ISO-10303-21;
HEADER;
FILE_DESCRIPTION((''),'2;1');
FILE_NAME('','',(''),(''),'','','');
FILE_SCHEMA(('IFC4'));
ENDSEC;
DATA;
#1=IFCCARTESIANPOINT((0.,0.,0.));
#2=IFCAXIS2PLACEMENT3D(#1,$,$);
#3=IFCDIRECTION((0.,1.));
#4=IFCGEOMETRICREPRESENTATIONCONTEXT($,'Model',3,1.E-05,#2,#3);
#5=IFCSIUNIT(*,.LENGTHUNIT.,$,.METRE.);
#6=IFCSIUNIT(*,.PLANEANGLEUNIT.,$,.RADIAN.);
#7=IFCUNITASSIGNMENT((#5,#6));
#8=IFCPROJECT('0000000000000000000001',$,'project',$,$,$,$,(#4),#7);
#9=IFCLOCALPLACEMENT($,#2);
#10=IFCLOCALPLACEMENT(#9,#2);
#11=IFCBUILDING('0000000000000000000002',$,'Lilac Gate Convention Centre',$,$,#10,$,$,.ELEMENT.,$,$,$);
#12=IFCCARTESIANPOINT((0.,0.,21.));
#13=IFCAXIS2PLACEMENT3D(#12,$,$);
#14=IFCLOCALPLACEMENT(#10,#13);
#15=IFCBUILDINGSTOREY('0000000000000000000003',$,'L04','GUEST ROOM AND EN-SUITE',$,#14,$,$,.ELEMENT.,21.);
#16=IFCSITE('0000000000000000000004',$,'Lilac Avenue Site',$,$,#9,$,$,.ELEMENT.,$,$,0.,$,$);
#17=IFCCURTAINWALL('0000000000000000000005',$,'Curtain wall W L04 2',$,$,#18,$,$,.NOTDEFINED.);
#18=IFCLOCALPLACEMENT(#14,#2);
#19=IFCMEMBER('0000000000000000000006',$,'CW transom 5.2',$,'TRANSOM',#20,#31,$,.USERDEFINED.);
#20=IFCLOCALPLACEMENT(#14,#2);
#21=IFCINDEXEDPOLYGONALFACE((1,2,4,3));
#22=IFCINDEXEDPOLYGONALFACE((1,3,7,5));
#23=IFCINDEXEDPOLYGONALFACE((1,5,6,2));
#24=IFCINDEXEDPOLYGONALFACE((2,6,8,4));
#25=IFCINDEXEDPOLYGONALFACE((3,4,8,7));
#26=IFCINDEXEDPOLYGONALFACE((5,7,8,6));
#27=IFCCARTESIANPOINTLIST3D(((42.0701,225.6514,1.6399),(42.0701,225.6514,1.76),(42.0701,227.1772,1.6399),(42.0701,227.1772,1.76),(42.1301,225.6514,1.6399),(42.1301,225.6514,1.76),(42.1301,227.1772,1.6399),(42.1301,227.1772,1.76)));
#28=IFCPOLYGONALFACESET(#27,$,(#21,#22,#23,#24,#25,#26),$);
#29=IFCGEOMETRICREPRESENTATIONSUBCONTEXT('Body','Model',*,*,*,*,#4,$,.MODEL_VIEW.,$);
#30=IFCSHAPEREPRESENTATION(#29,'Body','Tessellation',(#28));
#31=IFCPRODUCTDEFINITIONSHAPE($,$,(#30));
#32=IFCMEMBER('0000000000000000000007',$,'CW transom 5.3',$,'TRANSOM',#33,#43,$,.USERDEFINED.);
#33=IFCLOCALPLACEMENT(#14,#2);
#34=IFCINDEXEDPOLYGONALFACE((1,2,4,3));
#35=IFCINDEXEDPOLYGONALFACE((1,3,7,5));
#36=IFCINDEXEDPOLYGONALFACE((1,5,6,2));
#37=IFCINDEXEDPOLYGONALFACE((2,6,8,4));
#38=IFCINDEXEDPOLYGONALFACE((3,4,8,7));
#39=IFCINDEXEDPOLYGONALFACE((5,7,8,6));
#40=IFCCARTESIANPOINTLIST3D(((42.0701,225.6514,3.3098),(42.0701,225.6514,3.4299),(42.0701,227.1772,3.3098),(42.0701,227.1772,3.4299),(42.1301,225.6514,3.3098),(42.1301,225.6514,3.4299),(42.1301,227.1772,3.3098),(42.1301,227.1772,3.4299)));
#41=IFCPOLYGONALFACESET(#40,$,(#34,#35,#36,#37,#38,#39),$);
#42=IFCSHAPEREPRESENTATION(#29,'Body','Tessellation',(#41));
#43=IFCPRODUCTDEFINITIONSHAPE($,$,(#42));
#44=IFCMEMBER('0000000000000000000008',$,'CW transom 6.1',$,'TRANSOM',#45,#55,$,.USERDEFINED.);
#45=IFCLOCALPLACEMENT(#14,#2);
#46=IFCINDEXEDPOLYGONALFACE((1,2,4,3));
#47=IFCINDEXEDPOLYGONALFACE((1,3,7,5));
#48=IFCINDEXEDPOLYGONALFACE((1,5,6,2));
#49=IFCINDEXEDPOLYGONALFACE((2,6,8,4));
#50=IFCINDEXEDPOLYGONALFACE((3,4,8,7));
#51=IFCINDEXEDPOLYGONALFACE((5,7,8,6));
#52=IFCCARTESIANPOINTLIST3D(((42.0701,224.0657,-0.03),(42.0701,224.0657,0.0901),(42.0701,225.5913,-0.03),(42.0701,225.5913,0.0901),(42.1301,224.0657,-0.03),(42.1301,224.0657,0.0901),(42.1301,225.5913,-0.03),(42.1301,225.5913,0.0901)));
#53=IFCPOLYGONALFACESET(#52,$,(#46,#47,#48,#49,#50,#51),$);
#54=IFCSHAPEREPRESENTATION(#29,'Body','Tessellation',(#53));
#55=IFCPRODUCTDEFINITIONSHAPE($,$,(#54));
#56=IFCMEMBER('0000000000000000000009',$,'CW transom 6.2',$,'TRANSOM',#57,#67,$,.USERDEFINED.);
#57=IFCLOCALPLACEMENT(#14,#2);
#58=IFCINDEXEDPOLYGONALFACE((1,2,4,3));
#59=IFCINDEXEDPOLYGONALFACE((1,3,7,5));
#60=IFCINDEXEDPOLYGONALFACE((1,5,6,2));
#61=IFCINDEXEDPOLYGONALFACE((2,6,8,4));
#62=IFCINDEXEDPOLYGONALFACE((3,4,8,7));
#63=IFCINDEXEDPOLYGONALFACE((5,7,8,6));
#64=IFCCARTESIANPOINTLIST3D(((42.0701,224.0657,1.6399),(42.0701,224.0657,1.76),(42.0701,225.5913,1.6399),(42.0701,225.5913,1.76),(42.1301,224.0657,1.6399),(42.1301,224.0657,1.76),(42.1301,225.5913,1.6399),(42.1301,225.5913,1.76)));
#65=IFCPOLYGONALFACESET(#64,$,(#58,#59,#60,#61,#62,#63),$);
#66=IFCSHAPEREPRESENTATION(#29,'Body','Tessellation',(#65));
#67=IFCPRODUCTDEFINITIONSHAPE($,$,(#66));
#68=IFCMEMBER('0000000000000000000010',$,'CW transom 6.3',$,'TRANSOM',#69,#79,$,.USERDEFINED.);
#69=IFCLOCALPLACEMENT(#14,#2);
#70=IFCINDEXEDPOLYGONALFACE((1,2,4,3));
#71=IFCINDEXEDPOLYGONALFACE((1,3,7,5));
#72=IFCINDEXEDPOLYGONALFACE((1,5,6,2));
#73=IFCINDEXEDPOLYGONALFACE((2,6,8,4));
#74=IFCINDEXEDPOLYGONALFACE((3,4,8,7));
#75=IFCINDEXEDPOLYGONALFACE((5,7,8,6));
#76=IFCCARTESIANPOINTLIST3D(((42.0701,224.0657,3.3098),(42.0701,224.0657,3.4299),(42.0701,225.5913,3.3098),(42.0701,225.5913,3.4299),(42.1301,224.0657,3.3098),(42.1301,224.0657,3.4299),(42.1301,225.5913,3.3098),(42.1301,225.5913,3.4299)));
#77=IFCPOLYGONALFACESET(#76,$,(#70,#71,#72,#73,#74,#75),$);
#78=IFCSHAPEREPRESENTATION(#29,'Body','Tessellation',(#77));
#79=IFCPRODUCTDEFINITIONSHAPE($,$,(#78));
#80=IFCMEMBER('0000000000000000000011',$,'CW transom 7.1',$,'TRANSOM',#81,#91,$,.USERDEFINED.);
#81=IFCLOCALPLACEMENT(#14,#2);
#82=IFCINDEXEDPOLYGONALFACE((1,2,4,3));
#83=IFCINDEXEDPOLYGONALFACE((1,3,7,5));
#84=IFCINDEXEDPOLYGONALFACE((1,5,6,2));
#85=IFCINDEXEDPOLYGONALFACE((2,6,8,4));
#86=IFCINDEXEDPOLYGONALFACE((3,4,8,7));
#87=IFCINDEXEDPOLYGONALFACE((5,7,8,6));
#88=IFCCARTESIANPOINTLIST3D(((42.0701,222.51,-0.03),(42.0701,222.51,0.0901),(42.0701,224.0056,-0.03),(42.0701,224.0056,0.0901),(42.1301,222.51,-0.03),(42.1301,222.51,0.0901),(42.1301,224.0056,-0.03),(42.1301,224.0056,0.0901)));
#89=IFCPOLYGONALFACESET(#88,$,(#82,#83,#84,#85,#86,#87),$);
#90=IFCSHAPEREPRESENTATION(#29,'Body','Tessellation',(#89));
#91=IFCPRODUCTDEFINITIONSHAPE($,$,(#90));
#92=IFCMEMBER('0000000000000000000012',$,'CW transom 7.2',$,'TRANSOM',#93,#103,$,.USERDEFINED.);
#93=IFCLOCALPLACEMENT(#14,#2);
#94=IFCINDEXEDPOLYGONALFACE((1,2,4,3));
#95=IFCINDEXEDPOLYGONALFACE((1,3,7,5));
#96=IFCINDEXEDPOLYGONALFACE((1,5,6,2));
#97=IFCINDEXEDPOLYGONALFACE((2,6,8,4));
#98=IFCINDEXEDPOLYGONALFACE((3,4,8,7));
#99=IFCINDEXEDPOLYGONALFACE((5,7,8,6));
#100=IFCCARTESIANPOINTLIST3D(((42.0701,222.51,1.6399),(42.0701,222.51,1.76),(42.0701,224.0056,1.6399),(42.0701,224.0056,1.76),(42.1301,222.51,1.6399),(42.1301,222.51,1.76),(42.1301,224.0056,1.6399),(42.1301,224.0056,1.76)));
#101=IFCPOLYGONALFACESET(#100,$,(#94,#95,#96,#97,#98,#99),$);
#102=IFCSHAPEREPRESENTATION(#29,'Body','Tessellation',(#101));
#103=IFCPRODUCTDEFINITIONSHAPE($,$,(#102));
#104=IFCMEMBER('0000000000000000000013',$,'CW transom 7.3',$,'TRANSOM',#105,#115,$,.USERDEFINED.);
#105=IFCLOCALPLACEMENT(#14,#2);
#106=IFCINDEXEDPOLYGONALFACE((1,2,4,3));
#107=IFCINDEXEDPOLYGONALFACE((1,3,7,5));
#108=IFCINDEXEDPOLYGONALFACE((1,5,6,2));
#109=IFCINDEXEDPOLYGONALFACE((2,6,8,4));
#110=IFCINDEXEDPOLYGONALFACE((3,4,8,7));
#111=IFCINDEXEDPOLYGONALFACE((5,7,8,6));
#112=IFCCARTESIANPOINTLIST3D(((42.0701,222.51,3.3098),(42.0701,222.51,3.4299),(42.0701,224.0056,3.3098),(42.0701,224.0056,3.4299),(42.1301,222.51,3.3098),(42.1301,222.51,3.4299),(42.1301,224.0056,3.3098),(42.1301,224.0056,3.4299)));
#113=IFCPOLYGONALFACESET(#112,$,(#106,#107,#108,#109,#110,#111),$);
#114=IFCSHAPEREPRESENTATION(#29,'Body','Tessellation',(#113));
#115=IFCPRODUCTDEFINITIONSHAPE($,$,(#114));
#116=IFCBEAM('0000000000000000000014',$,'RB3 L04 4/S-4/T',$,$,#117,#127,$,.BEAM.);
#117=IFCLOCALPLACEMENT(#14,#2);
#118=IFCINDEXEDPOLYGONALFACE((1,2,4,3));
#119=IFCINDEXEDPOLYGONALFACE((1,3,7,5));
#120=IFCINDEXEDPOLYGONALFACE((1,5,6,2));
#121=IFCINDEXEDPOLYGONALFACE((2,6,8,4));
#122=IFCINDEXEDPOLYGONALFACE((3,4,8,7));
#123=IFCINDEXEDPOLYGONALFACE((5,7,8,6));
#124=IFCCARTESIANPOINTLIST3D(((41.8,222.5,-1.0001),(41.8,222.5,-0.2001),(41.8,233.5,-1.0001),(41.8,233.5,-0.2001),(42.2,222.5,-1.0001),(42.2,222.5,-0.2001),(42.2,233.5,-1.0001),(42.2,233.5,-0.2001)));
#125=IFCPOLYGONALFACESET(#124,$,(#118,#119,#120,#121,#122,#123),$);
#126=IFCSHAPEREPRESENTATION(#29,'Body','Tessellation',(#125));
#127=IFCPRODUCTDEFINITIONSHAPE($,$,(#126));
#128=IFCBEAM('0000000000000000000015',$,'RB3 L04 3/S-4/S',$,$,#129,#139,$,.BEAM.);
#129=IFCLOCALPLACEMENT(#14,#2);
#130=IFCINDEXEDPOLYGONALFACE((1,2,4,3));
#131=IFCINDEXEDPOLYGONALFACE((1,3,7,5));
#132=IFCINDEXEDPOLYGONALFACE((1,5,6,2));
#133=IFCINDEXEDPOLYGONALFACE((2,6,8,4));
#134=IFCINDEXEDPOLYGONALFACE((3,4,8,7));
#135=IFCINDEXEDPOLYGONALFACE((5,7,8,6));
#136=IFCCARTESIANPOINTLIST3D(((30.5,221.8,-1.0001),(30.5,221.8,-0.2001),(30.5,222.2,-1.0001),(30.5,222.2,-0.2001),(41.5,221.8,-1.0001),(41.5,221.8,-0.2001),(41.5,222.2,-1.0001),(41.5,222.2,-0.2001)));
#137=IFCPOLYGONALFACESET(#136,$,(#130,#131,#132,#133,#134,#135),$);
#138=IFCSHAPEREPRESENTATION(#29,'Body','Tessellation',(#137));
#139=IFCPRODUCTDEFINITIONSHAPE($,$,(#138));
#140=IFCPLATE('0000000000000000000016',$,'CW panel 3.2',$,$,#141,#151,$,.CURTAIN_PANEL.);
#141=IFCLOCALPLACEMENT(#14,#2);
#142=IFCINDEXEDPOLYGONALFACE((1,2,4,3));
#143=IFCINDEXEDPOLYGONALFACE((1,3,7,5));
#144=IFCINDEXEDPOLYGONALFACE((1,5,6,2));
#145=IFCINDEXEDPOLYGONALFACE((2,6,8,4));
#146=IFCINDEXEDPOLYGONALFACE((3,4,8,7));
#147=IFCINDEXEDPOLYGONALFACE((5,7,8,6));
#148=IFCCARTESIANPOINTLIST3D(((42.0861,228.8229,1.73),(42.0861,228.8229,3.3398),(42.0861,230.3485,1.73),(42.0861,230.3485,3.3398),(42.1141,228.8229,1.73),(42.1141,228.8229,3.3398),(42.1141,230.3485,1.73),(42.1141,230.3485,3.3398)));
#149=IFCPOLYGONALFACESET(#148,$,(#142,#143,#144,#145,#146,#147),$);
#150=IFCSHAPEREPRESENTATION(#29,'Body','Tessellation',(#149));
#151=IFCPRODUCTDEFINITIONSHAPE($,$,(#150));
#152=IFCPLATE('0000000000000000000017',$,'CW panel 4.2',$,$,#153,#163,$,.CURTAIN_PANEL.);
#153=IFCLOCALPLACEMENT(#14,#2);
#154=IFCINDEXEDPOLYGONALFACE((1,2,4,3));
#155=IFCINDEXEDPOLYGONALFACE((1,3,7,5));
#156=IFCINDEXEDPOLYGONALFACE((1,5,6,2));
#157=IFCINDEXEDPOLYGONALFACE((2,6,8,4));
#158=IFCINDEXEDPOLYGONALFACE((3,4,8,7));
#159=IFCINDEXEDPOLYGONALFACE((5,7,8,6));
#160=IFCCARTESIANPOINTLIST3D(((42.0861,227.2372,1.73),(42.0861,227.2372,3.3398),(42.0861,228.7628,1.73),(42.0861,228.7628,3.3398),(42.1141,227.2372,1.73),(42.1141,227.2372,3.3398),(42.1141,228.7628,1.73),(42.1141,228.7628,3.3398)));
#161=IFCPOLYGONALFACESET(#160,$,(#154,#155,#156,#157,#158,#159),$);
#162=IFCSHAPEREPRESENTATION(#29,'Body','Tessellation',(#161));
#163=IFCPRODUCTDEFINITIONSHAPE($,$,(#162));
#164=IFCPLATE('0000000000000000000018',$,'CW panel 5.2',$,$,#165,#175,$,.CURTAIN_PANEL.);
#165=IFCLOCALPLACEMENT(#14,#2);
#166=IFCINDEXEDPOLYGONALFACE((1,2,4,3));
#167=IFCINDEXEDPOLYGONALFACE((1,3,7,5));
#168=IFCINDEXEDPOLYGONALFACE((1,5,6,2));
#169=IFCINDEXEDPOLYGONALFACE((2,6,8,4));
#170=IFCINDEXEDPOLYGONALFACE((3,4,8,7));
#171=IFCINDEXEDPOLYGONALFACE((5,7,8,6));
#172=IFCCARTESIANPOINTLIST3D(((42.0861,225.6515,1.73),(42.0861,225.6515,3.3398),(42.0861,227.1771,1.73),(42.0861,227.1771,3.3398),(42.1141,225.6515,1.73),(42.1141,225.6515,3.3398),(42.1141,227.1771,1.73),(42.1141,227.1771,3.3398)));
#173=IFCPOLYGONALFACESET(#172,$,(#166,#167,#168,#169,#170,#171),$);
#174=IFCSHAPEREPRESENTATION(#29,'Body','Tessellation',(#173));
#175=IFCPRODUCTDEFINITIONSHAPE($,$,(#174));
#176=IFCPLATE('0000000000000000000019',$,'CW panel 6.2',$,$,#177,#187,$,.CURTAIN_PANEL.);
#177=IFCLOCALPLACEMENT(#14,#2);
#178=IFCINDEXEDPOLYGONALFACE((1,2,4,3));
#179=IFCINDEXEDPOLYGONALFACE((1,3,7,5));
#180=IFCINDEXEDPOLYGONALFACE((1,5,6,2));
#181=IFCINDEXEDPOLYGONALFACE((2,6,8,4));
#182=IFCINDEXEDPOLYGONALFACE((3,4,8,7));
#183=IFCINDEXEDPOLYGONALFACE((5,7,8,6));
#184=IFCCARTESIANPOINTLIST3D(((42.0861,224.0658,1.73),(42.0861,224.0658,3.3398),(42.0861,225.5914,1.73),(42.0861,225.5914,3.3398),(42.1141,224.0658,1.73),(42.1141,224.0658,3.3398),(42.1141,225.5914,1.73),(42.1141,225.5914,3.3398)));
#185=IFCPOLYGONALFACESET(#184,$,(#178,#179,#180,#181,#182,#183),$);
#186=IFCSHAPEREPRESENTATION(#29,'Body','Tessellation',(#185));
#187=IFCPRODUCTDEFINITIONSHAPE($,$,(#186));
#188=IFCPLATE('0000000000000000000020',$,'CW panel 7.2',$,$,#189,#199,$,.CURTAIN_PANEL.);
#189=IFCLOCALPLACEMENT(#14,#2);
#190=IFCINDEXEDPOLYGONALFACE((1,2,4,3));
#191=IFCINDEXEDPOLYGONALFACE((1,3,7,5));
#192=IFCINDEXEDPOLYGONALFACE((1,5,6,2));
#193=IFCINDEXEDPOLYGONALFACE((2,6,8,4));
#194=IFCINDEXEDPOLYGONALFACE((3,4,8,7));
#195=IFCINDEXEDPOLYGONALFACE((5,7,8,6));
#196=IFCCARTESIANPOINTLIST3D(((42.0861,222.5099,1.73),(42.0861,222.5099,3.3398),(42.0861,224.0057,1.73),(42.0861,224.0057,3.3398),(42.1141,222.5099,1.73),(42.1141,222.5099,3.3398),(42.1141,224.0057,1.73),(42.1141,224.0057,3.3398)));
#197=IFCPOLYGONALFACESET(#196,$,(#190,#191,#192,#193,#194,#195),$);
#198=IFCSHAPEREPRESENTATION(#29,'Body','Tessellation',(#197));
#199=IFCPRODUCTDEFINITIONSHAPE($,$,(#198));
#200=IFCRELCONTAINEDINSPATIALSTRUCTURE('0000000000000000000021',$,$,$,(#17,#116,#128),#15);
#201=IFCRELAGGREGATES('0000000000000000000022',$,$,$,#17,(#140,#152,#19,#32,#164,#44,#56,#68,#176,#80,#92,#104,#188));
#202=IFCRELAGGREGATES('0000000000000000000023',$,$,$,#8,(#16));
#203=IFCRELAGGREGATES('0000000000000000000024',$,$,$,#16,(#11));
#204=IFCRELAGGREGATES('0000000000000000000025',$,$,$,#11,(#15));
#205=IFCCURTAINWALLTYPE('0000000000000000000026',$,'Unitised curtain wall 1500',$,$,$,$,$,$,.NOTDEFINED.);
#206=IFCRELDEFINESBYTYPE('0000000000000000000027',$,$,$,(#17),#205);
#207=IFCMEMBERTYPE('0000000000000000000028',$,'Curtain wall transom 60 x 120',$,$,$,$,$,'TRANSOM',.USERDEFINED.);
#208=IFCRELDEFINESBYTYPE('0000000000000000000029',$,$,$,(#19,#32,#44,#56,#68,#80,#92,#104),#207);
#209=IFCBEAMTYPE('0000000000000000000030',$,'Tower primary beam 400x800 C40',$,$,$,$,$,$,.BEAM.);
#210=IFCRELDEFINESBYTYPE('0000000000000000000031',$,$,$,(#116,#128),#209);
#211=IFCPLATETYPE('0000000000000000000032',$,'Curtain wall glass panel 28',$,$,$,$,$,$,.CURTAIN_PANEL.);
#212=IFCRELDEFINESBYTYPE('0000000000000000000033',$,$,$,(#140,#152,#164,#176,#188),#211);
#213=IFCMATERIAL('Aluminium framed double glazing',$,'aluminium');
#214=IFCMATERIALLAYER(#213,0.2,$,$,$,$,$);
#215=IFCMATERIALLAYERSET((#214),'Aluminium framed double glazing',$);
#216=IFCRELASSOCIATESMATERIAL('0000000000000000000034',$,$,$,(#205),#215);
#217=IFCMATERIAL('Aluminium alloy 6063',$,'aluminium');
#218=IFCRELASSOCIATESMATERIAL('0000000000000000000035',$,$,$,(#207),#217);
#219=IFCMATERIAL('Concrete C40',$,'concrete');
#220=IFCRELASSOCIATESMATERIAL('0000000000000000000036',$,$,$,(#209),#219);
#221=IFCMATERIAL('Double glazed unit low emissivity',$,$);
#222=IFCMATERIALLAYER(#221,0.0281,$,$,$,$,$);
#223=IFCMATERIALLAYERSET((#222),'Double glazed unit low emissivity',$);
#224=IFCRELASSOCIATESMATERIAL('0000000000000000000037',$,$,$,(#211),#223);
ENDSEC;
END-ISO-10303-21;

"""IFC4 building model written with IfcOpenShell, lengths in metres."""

from ifc_helpers import new_model, si_unit, direction, frame, origin, origin_2d, place, context, subcontext, project, spatial, rectangle, extrude, material, layer, layer_set, material_profile, profile_set, type_object, element, aggregate, save


model = new_model("IFC4")

# Units and contexts
model_context = context("Model", 3, precision=1e-05, world=origin(), true_north=direction((0.0, 1.0)))
body_context = subcontext(model_context, "Body", "Model", "MODEL_VIEW")
ifc_project = project(units=[si_unit("LENGTHUNIT", "METRE"), si_unit("PLANEANGLEUNIT", "RADIAN")], contexts=[model_context])

# Site, building, storey
site_placement = place(None, origin())
site = spatial("IfcSite", under=ifc_project, at=site_placement, Name="Lilac Avenue Site", CompositionType="ELEMENT", RefElevation=0.0)
building_placement = place(site_placement, origin())
building = spatial("IfcBuilding", under=site, at=building_placement, Name="Lilac Gate Convention Centre", CompositionType="ELEMENT")
storey_placement = place(building_placement, frame((0.0, 0.0, 21.0)))
storey = spatial("IfcBuildingStorey", under=building, at=storey_placement, Name="L04", Description="GUEST ROOM AND EN-SUITE", CompositionType="ELEMENT", Elevation=21.0)

# Curtain wall, members
ifc_material_1 = material(Name="Aluminium framed double glazing", Category="aluminium")
ifc_layer_1 = layer(ifc_material_1, 0.2)
ifc_layer_set_1 = layer_set([ifc_layer_1], Name="Aluminium framed double glazing")
curtain_wall_type = type_object("IfcCurtainWallType", Name="Unitised curtain wall 1500", PredefinedType="NOTDEFINED", material=ifc_layer_set_1)
curtain_wall_placement = place(storey_placement, origin())
curtain_wall = element("IfcCurtainWall", 1, at=curtain_wall_placement, inside=storey, type_object=curtain_wall_type, Name="Curtain wall W L04 2", PredefinedType="NOTDEFINED")
ifc_material_2 = material(Name="Aluminium alloy 6063", Category="aluminium")
ifc_material_profile_1 = material_profile(ifc_material_2, rectangle(XDim=0.0601, YDim=0.1201, at=origin_2d()), Name="Curtain wall transom 60 x 120")
ifc_profile_set_1 = profile_set([ifc_material_profile_1], Name="Aluminium alloy 6063")
member_type_1 = type_object("IfcMemberType", Name="Curtain wall transom 60 x 120", ElementType="TRANSOM", PredefinedType="USERDEFINED", material=ifc_profile_set_1)
member_1_placement = place(storey_placement, frame((42.1001, 227.1772, 1.7), z_axis=(0.0, -1.0, 0.0), x_axis=(1.0, 0.0, 0.0)))
member_1 = element("IfcMember", 2, at=member_1_placement, type_object=member_type_1, Name="CW transom 5.2", ObjectType="TRANSOM", PredefinedType="USERDEFINED", context=body_context, shape_type="SweptSolid", body=[
    extrude(rectangle(XDim=0.0601, YDim=0.1201, at=origin_2d()), origin(), (0.0, 0.0, 1.0), 1.5259),
])
member_2_placement = place(storey_placement, frame((42.1001, 227.1772, 3.3699), z_axis=(0.0, -1.0, 0.0), x_axis=(1.0, 0.0, 0.0)))
member_2 = element("IfcMember", 3, at=member_2_placement, type_object=member_type_1, Name="CW transom 5.3", ObjectType="TRANSOM", PredefinedType="USERDEFINED", context=body_context, shape_type="SweptSolid", body=[
    extrude(rectangle(XDim=0.0601, YDim=0.1201, at=origin_2d()), origin(), (0.0, 0.0, 1.0), 1.5259),
])
member_3_placement = place(storey_placement, frame((42.1001, 225.5913, 0.03), z_axis=(0.0, -1.0, 0.0), x_axis=(1.0, 0.0, 0.0)))
member_3 = element("IfcMember", 4, at=member_3_placement, type_object=member_type_1, Name="CW transom 6.1", ObjectType="TRANSOM", PredefinedType="USERDEFINED", context=body_context, shape_type="SweptSolid", body=[
    extrude(rectangle(XDim=0.0601, YDim=0.1201, at=origin_2d()), origin(), (0.0, 0.0, 1.0), 1.5256),
])
member_4_placement = place(storey_placement, frame((42.1001, 225.5913, 1.7), z_axis=(0.0, -1.0, 0.0), x_axis=(1.0, 0.0, 0.0)))
member_4 = element("IfcMember", 5, at=member_4_placement, type_object=member_type_1, Name="CW transom 6.2", ObjectType="TRANSOM", PredefinedType="USERDEFINED", context=body_context, shape_type="SweptSolid", body=[
    extrude(rectangle(XDim=0.0601, YDim=0.1201, at=origin_2d()), origin(), (0.0, 0.0, 1.0), 1.5256),
])
member_5_placement = place(storey_placement, frame((42.1001, 225.5913, 3.3699), z_axis=(0.0, -1.0, 0.0), x_axis=(1.0, 0.0, 0.0)))
member_5 = element("IfcMember", 6, at=member_5_placement, type_object=member_type_1, Name="CW transom 6.3", ObjectType="TRANSOM", PredefinedType="USERDEFINED", context=body_context, shape_type="SweptSolid", body=[
    extrude(rectangle(XDim=0.0601, YDim=0.1201, at=origin_2d()), origin(), (0.0, 0.0, 1.0), 1.5256),
])
member_6_placement = place(storey_placement, frame((42.1001, 224.0056, 0.03), z_axis=(0.0, -1.0, 0.0), x_axis=(1.0, 0.0, 0.0)))
member_6 = element("IfcMember", 7, at=member_6_placement, type_object=member_type_1, Name="CW transom 7.1", ObjectType="TRANSOM", PredefinedType="USERDEFINED", context=body_context, shape_type="SweptSolid", body=[
    extrude(rectangle(XDim=0.0601, YDim=0.1201, at=origin_2d()), origin(), (0.0, 0.0, 1.0), 1.4956),
])
member_7_placement = place(storey_placement, frame((42.1001, 224.0056, 1.7), z_axis=(0.0, -1.0, 0.0), x_axis=(1.0, 0.0, 0.0)))
member_7 = element("IfcMember", 8, at=member_7_placement, type_object=member_type_1, Name="CW transom 7.2", ObjectType="TRANSOM", PredefinedType="USERDEFINED", context=body_context, shape_type="SweptSolid", body=[
    extrude(rectangle(XDim=0.0601, YDim=0.1201, at=origin_2d()), origin(), (0.0, 0.0, 1.0), 1.4956),
])
member_8_placement = place(storey_placement, frame((42.1001, 224.0056, 3.3699), z_axis=(0.0, -1.0, 0.0), x_axis=(1.0, 0.0, 0.0)))
member_8 = element("IfcMember", 9, at=member_8_placement, type_object=member_type_1, Name="CW transom 7.3", ObjectType="TRANSOM", PredefinedType="USERDEFINED", context=body_context, shape_type="SweptSolid", body=[
    extrude(rectangle(XDim=0.0601, YDim=0.1201, at=origin_2d()), origin(), (0.0, 0.0, 1.0), 1.4956),
])

# Beams
ifc_material_3 = material(Name="Concrete C40", Category="concrete")
ifc_material_profile_2 = material_profile(ifc_material_3, rectangle(XDim=0.3999, YDim=0.8, at=origin_2d()), Name="RC 400x800")
ifc_profile_set_2 = profile_set([ifc_material_profile_2], Name="Concrete C40")
beam_type = type_object("IfcBeamType", Name="Tower primary beam 400x800 C40", PredefinedType="BEAM", material=ifc_profile_set_2)
for number, where, z_axis, x_axis, name in (
    (10, (42.0, 222.5, -0.6001), (0.0, 1.0, 0.0), (-1.0, 0.0, 0.0), "RB3 L04 4/S-4/T"),
    (11, (30.5, 222.0, -0.6001), (1.0, 0.0, 0.0), (0.0, 1.0, 0.0), "RB3 L04 3/S-4/S"),
):
    element("IfcBeam", number, at=place(storey_placement, frame(where, z_axis=z_axis, x_axis=x_axis)), inside=storey, type_object=beam_type, Name=name, PredefinedType="BEAM", context=body_context, shape_type="SweptSolid", body=[
        extrude(rectangle(XDim=0.3999, YDim=0.8, at=origin_2d()), origin(), (0.0, 0.0, 1.0), 11.0),
    ])

# Plates
ifc_material_4 = material(Name="Double glazed unit low emissivity")
ifc_layer_2 = layer(ifc_material_4, 0.0281)
ifc_layer_set_2 = layer_set([ifc_layer_2], Name="Double glazed unit low emissivity")
plate_type_1 = type_object("IfcPlateType", Name="Curtain wall glass panel 28", PredefinedType="CURTAIN_PANEL", material=ifc_layer_set_2)
plate_1_placement = place(storey_placement, frame((42.1001, 229.5857, 1.73), z_axis=(0.0, 0.0, 1.0), x_axis=(0.0, -1.0, 0.0)))
plate_1 = element("IfcPlate", 12, at=plate_1_placement, type_object=plate_type_1, Name="CW panel 3.2", PredefinedType="CURTAIN_PANEL", context=body_context, shape_type="SweptSolid", body=[
    extrude(rectangle(XDim=1.5256, YDim=0.0281, at=origin_2d()), origin(), (0.0, 0.0, 1.0), 1.6099),
])
plate_2_placement = place(storey_placement, frame((42.1001, 228.0, 1.73), z_axis=(0.0, 0.0, 1.0), x_axis=(0.0, -1.0, 0.0)))
plate_2 = element("IfcPlate", 13, at=plate_2_placement, type_object=plate_type_1, Name="CW panel 4.2", PredefinedType="CURTAIN_PANEL", context=body_context, shape_type="SweptSolid", body=[
    extrude(rectangle(XDim=1.5256, YDim=0.0281, at=origin_2d()), origin(), (0.0, 0.0, 1.0), 1.6099),
])
plate_3_placement = place(storey_placement, frame((42.1001, 226.4143, 1.73), z_axis=(0.0, 0.0, 1.0), x_axis=(0.0, -1.0, 0.0)))
plate_3 = element("IfcPlate", 14, at=plate_3_placement, type_object=plate_type_1, Name="CW panel 5.2", PredefinedType="CURTAIN_PANEL", context=body_context, shape_type="SweptSolid", body=[
    extrude(rectangle(XDim=1.5256, YDim=0.0281, at=origin_2d()), origin(), (0.0, 0.0, 1.0), 1.6099),
])
plate_4_placement = place(storey_placement, frame((42.1001, 224.8286, 1.73), z_axis=(0.0, 0.0, 1.0), x_axis=(0.0, -1.0, 0.0)))
plate_4 = element("IfcPlate", 15, at=plate_4_placement, type_object=plate_type_1, Name="CW panel 6.2", PredefinedType="CURTAIN_PANEL", context=body_context, shape_type="SweptSolid", body=[
    extrude(rectangle(XDim=1.5256, YDim=0.0281, at=origin_2d()), origin(), (0.0, 0.0, 1.0), 1.6099),
])
plate_5_placement = place(storey_placement, frame((42.1001, 223.2578, 1.73), z_axis=(0.0, 0.0, 1.0), x_axis=(0.0, -1.0, 0.0)))
plate_5 = element("IfcPlate", 16, at=plate_5_placement, type_object=plate_type_1, Name="CW panel 7.2", PredefinedType="CURTAIN_PANEL", context=body_context, shape_type="SweptSolid", body=[
    extrude(rectangle(XDim=1.4958, YDim=0.0281, at=origin_2d()), origin(), (0.0, 0.0, 1.0), 1.6099),
])
aggregate(curtain_wall, [plate_1, plate_2, member_1, member_2, plate_3, member_3, member_4, member_5, plate_4, member_6, member_7, member_8, plate_5])

save(model, "model.ifc")
